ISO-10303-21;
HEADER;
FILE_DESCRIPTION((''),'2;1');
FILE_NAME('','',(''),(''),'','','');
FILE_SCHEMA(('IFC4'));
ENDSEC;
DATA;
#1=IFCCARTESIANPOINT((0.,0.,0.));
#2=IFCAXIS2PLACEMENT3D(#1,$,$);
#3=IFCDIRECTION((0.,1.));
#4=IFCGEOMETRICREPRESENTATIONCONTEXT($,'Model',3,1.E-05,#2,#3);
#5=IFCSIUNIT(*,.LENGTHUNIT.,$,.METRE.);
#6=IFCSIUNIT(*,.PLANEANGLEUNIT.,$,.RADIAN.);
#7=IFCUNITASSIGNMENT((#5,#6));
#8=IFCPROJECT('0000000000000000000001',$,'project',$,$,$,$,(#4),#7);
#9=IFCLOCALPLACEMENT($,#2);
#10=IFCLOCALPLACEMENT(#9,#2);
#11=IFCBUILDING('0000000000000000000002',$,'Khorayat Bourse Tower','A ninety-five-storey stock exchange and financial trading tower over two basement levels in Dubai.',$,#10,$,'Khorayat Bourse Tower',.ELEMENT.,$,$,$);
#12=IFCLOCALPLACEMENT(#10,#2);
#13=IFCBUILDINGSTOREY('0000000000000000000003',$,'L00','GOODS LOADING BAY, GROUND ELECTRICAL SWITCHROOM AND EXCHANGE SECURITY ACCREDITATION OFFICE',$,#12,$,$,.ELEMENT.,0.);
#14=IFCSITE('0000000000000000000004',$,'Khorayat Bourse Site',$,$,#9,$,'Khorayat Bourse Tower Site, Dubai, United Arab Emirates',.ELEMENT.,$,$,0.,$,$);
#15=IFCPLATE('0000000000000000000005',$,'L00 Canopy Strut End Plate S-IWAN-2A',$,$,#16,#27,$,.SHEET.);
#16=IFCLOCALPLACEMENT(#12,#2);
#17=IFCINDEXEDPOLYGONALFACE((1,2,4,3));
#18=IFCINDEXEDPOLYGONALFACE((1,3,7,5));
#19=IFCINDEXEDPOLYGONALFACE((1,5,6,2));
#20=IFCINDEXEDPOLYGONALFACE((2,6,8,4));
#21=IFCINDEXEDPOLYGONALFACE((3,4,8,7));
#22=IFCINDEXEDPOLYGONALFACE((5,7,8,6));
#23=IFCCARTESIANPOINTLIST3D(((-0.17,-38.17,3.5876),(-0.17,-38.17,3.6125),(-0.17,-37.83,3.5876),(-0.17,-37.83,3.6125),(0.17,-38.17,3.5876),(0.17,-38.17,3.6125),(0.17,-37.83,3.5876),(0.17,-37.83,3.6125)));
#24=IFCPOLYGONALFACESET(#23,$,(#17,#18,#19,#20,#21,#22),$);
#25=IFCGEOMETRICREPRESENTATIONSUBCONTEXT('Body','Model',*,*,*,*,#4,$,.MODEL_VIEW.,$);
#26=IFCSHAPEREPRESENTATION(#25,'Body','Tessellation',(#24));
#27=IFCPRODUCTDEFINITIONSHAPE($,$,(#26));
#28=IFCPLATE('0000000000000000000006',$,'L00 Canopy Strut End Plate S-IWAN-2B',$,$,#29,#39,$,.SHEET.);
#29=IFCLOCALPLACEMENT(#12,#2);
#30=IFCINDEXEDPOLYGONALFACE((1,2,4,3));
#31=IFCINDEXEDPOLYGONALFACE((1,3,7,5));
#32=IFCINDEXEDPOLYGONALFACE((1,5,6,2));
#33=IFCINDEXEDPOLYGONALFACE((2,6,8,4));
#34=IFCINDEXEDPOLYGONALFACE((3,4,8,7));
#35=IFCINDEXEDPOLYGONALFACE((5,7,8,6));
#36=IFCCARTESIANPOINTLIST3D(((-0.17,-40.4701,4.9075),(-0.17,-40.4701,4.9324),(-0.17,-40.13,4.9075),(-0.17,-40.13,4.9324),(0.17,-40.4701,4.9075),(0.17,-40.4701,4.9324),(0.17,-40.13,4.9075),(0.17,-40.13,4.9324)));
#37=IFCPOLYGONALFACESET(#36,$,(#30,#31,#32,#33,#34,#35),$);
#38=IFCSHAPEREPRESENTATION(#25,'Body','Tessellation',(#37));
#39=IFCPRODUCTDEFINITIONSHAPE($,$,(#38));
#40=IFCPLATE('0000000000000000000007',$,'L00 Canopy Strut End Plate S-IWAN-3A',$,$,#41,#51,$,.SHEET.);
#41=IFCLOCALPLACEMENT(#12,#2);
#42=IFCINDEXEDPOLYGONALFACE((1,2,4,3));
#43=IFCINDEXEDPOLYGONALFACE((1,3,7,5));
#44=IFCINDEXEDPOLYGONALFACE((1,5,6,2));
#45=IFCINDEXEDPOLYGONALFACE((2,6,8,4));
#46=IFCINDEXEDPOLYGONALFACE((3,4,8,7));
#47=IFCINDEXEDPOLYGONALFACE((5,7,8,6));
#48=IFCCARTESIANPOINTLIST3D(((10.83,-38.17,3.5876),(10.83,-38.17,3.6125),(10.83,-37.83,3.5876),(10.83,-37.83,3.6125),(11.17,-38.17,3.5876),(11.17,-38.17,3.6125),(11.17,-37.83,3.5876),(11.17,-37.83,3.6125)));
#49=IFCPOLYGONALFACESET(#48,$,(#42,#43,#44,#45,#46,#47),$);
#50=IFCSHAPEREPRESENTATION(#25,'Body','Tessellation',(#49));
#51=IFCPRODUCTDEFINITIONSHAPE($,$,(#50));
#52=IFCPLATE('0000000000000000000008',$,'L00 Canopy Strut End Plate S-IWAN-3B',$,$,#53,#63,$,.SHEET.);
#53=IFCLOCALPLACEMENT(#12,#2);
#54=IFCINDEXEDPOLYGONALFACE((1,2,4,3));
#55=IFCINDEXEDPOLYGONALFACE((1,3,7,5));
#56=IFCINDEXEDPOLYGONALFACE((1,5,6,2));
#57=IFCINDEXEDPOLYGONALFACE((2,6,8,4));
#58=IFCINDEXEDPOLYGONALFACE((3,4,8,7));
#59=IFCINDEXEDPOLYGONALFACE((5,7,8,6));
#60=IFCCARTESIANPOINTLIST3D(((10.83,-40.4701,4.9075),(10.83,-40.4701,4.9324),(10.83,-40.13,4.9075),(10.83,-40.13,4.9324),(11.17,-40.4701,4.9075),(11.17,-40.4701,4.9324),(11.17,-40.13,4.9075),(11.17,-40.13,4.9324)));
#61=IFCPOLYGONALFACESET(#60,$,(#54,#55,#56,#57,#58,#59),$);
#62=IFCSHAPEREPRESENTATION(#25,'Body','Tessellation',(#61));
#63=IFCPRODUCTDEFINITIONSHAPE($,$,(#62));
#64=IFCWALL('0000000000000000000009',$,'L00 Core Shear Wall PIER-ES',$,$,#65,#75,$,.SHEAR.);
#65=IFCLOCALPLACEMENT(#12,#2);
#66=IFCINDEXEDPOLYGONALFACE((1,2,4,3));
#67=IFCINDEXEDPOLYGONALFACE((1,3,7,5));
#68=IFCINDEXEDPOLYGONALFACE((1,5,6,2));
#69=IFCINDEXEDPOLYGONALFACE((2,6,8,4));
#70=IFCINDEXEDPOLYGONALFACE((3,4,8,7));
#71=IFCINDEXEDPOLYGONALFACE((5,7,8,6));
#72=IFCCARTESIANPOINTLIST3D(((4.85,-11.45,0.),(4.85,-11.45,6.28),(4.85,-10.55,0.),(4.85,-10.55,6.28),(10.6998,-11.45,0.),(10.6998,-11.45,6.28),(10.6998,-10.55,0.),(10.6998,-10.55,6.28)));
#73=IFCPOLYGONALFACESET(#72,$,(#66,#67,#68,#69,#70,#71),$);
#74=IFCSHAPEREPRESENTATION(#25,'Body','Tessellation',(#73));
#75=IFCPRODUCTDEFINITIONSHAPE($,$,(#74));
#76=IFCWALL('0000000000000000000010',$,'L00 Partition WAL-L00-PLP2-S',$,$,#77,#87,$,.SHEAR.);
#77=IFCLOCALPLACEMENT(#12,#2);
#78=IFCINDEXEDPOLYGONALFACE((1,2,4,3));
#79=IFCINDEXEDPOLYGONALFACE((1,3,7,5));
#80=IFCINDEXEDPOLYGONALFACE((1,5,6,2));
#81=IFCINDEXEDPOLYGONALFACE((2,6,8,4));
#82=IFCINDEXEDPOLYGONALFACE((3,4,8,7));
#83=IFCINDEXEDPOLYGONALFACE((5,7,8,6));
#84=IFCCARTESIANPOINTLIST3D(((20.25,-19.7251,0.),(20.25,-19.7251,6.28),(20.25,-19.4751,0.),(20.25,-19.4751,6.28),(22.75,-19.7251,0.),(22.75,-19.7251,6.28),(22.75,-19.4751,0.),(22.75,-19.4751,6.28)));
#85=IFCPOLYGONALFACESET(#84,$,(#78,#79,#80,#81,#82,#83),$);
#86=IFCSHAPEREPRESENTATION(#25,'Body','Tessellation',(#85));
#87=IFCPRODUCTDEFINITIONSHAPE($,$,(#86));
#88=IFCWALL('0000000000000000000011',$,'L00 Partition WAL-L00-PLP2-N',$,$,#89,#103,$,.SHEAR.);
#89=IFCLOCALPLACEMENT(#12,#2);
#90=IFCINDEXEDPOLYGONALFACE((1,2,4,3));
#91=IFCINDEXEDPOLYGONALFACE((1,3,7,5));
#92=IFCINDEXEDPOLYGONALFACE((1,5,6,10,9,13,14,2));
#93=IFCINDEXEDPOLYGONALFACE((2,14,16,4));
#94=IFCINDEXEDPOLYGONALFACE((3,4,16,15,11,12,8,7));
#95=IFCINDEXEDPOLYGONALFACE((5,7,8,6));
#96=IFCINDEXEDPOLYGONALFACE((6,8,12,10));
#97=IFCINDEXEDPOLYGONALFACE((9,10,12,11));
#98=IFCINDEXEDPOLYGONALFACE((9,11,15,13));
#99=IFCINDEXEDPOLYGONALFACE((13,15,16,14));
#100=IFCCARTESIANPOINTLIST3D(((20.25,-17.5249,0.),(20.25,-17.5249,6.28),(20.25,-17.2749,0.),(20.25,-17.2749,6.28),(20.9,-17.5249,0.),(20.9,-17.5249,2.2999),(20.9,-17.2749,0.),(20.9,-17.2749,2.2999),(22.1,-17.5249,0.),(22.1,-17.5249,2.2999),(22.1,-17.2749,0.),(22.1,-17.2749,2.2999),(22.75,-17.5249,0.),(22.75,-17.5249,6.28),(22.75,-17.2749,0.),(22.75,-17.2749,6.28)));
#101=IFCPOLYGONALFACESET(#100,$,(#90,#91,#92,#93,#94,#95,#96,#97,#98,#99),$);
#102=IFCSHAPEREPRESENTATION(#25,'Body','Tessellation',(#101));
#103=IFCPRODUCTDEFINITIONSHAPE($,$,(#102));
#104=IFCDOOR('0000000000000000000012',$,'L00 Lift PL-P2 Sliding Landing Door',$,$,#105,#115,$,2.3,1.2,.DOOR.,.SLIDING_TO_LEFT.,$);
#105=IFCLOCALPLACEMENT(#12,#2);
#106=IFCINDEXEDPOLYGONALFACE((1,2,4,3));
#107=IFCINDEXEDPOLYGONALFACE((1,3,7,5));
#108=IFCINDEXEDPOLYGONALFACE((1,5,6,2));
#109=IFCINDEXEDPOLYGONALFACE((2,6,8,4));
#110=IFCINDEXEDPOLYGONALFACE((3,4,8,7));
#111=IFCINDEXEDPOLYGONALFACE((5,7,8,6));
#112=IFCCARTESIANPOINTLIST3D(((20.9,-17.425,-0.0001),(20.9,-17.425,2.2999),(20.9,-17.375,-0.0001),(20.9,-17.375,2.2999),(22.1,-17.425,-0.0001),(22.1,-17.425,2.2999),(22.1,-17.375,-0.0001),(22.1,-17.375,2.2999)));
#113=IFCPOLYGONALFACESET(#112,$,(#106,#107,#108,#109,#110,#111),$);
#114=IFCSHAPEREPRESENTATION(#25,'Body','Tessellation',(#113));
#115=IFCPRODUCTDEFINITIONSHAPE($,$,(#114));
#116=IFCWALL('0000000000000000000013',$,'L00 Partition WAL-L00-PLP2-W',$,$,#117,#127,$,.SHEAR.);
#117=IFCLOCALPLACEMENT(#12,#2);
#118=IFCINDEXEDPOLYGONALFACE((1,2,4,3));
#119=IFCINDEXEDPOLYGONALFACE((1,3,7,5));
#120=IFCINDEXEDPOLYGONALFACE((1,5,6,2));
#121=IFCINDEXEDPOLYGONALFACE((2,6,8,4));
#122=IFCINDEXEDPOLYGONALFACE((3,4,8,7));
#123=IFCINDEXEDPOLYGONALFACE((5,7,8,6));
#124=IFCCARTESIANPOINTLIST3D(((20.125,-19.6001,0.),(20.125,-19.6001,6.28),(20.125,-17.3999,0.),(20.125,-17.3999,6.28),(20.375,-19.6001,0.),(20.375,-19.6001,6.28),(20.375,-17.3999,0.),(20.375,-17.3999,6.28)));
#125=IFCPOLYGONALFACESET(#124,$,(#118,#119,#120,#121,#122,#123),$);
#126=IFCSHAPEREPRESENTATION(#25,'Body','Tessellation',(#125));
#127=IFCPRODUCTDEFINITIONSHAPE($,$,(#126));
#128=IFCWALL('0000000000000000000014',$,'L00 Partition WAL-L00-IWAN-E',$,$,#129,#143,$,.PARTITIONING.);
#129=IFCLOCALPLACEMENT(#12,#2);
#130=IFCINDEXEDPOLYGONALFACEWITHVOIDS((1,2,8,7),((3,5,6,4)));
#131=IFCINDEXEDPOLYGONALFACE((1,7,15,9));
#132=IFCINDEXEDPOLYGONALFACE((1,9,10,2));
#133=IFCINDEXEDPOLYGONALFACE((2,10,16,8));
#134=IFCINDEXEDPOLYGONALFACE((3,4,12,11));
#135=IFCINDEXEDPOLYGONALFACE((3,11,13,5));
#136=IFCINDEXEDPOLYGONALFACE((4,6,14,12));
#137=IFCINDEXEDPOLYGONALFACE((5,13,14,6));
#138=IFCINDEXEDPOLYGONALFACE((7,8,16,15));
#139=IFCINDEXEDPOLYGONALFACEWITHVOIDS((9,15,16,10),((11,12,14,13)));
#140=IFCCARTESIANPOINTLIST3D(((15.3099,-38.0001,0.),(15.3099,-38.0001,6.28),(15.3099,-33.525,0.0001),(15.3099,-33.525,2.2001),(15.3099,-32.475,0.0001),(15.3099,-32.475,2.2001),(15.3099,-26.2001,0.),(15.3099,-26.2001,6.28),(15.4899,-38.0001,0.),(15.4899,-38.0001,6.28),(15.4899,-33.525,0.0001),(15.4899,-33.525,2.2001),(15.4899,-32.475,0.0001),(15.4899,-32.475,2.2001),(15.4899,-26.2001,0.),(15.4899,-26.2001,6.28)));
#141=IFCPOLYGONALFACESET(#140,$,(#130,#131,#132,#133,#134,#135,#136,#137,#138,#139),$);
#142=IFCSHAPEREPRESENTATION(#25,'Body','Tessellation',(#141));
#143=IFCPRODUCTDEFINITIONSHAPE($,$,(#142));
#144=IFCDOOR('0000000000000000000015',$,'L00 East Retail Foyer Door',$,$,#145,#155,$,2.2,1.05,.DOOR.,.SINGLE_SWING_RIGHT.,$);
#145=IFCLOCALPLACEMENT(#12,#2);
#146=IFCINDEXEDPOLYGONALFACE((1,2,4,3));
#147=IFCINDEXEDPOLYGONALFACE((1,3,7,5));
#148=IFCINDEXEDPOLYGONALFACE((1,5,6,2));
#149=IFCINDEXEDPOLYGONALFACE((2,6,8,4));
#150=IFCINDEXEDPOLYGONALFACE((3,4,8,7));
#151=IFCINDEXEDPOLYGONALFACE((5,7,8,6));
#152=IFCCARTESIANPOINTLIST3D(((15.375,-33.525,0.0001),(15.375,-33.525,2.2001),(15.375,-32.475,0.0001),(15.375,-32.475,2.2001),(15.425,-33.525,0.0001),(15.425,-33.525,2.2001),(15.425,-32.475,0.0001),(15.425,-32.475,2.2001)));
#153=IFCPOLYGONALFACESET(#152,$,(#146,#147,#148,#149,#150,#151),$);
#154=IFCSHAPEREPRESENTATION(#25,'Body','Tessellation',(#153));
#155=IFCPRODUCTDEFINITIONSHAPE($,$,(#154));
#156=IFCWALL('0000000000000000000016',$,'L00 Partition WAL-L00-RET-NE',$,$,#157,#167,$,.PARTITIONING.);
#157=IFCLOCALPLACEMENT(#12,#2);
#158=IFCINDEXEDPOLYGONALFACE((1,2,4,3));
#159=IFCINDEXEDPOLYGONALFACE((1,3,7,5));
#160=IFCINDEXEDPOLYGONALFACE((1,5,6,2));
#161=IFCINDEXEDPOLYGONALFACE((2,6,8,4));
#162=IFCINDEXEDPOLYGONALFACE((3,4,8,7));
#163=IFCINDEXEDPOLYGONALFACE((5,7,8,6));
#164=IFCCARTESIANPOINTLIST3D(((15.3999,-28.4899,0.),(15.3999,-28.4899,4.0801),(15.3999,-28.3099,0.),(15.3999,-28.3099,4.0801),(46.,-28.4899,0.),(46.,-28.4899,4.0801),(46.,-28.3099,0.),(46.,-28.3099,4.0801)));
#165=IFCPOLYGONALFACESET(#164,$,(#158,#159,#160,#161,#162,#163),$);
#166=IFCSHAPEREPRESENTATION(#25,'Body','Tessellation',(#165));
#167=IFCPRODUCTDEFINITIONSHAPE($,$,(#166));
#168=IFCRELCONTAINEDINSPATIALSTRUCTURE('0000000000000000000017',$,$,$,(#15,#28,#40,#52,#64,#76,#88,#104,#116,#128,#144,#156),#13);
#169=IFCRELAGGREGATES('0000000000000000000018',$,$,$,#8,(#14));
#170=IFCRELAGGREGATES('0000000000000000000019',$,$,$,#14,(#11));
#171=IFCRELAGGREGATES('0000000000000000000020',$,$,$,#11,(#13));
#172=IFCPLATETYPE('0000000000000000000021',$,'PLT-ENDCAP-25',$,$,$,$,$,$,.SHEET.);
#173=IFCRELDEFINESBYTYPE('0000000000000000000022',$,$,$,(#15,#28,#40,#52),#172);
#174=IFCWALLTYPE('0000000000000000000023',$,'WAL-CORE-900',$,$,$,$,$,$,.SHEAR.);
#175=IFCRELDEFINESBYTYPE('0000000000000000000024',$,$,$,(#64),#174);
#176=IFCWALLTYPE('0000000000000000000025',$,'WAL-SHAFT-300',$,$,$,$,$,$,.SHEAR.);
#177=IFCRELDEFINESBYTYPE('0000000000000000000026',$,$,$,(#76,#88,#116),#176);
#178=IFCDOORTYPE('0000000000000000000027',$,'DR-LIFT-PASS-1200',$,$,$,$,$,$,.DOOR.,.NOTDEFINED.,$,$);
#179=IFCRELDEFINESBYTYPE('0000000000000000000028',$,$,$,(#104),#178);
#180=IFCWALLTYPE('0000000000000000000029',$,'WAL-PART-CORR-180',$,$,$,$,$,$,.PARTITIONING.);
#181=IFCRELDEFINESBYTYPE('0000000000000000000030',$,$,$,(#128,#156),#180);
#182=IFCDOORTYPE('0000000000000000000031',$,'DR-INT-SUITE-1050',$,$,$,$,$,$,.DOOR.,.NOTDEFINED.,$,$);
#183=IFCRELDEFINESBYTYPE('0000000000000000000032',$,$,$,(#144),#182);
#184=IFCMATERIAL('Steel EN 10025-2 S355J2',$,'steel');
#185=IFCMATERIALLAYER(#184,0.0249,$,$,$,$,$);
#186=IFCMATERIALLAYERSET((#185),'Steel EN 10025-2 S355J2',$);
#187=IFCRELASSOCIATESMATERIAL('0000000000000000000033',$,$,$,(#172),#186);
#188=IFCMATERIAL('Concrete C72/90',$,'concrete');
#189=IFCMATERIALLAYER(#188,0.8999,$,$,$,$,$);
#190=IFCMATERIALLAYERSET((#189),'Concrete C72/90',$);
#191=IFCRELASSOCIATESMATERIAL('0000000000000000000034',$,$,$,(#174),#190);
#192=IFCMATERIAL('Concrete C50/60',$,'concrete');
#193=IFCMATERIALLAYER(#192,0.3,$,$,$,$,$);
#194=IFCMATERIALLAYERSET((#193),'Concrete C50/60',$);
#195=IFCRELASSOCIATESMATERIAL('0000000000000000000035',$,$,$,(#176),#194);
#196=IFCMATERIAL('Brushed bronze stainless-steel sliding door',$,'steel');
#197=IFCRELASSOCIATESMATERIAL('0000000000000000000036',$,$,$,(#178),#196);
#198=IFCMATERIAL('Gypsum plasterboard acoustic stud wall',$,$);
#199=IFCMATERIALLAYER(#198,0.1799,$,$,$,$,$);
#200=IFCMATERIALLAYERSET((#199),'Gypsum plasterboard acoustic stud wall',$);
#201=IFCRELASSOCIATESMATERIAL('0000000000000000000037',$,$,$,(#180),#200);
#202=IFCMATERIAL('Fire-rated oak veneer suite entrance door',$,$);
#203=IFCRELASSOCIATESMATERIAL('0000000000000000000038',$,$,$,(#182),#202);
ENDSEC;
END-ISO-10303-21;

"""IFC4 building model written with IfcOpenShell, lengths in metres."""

from ifc_helpers import new_model, si_unit, direction, frame, frame_2d, origin, origin_2d, place, context, subcontext, project, spatial, rectangle, extrude, source, transform, mapped, material, layer, layer_set, type_object, element, fill, save


model = new_model("IFC4")

# Units and contexts
model_context = context("Model", 3, precision=1e-05, world=origin(), true_north=direction((0.0, 1.0)))
body_context = subcontext(model_context, "Body", "Model", "MODEL_VIEW")
ifc_project = project(units=[si_unit("LENGTHUNIT", "METRE"), si_unit("PLANEANGLEUNIT", "RADIAN")], contexts=[model_context])

# Site, building, storey
site_placement = place(None, origin())
site = spatial("IfcSite", under=ifc_project, at=site_placement, Name="Khorayat Bourse Site", LongName="Khorayat Bourse Tower Site, Dubai, United Arab Emirates", CompositionType="ELEMENT", RefElevation=0.0)
building_placement = place(site_placement, origin())
building = spatial("IfcBuilding", under=site, at=building_placement, Name="Khorayat Bourse Tower", Description="A ninety-five-storey stock exchange and financial trading tower over two basement levels in Dubai.", LongName="Khorayat Bourse Tower", CompositionType="ELEMENT")
storey_placement = place(building_placement, origin())
storey = spatial("IfcBuildingStorey", under=building, at=storey_placement, Name="L00", Description="GOODS LOADING BAY, GROUND ELECTRICAL SWITCHROOM AND EXCHANGE SECURITY ACCREDITATION OFFICE", CompositionType="ELEMENT", Elevation=0.0)

# Shared definitions
ifc_material_1 = material(Name="Concrete C72/90", Category="concrete")

# Shared definitions
ifc_material_2 = material(Name="Steel EN 10025-2 S355J2", Category="steel")

# Plates
ifc_layer_1 = layer(ifc_material_2, 0.0249)
ifc_layer_set_1 = layer_set([ifc_layer_1], Name="Steel EN 10025-2 S355J2")
plate_type = type_object("IfcPlateType", Name="PLT-ENDCAP-25", PredefinedType="SHEET", material=ifc_layer_set_1)
shared_shape_1 = source(origin(), body_context, "Body", "SweptSolid", [
    extrude(rectangle(XDim=0.3401, YDim=0.3401, at=origin_2d()), origin(), (0.0, 0.0, 1.0), 0.0249),
])
for number, where, z_axis, x_axis, name in (
    (1, (0.0, -38.0, 3.5876), (0.0, 0.0, 1.0), (1.0, 0.0, 0.0), "L00 Canopy Strut End Plate S-IWAN-2A"),
    (2, (0.0, -40.3, 4.9075), (0.0, 0.0, 1.0), (1.0, 0.0, 0.0), "L00 Canopy Strut End Plate S-IWAN-2B"),
    (3, (11.0, -38.0, 3.5876), (0.0, 0.0, 1.0), (1.0, 0.0, 0.0), "L00 Canopy Strut End Plate S-IWAN-3A"),
    (4, (11.0, -40.3, 4.9075), (0.0, 0.0, 1.0), (1.0, 0.0, 0.0), "L00 Canopy Strut End Plate S-IWAN-3B"),
):
    element("IfcPlate", number, at=place(storey_placement, frame(where, z_axis=z_axis, x_axis=x_axis)), inside=storey, type_object=plate_type, Name=name, PredefinedType="SHEET", context=body_context, shape_type="MappedRepresentation", body=[
        mapped(shared_shape_1, transform((0.0, 0.0, 0.0), scale=1.0)),
    ])

# Walls
ifc_layer_2 = layer(ifc_material_1, 0.8999)
ifc_layer_set_2 = layer_set([ifc_layer_2], Name="Concrete C72/90")
wall_type_1 = type_object("IfcWallType", Name="WAL-CORE-900", PredefinedType="SHEAR", material=ifc_layer_set_2)
shared_shape_2 = source(origin(), body_context, "Body", "SweptSolid", [
    extrude(rectangle(XDim=5.8499, YDim=0.8999, at=frame_2d((2.9248, 0.0))), origin(), (0.0, 0.0, 1.0), 6.28),
])
wall_1_placement = place(storey_placement, frame((4.8501, -11.0, 0.0), z_axis=(0.0, 0.0, 1.0), x_axis=(1.0, 0.0, 0.0)))
element("IfcWall", 5, at=wall_1_placement, inside=storey, type_object=wall_type_1, Name="L00 Core Shear Wall PIER-ES", PredefinedType="SHEAR", context=body_context, shape_type="MappedRepresentation", body=[
    mapped(shared_shape_2, transform((0.0, 0.0, 0.0), scale=1.0)),
])
ifc_material_3 = material(Name="Concrete C50/60", Category="concrete")
ifc_layer_3 = layer(ifc_material_3, 0.3)
ifc_layer_set_3 = layer_set([ifc_layer_3], Name="Concrete C50/60")
wall_type_2 = type_object("IfcWallType", Name="WAL-SHAFT-300", PredefinedType="SHEAR", material=ifc_layer_set_3)
shared_shape_3 = source(origin(), body_context, "Body", "SweptSolid", [
    extrude(rectangle(XDim=2.5, YDim=0.25, at=frame_2d((1.25, 0.0))), origin(), (0.0, 0.0, 1.0), 6.28),
])
wall_2_placement = place(storey_placement, frame((20.25, -19.6001, 0.0), z_axis=(0.0, 0.0, 1.0), x_axis=(1.0, 0.0, 0.0)))
element("IfcWall", 6, at=wall_2_placement, inside=storey, type_object=wall_type_2, Name="L00 Partition WAL-L00-PLP2-S", PredefinedType="SHEAR", context=body_context, shape_type="MappedRepresentation", body=[
    mapped(shared_shape_3, transform((0.0, 0.0, 0.0), scale=1.0)),
])

# Wall, opening, door
wall_3_placement = place(storey_placement, frame((20.25, -17.3999, 0.0), z_axis=(0.0, 0.0, 1.0), x_axis=(1.0, 0.0, 0.0)))
wall_3 = element("IfcWall", 7, at=wall_3_placement, inside=storey, type_object=wall_type_2, Name="L00 Partition WAL-L00-PLP2-N", PredefinedType="SHEAR", context=body_context, shape_type="MappedRepresentation", body=[
    mapped(shared_shape_3, transform((0.0, 0.0, 0.0), scale=1.0)),
])
shared_shape_4 = source(origin(), body_context, "Body", "SweptSolid", [
    extrude(rectangle(XDim=1.2, YDim=2.3, at=frame_2d((0.6001, 1.1499))), frame((0.0, 0.135, 0.0), z_axis=(0.0, -1.0, 0.0), x_axis=(1.0, 0.0, 0.0)), (0.0, 0.0, 1.0), 0.27),
])
opening_1_placement = place(wall_3_placement, frame((0.6499, 0.0, 0.0)))
opening_1 = element("IfcOpeningElement", 8, at=opening_1_placement, cuts=wall_3, PredefinedType="OPENING", context=body_context, shape_type="MappedRepresentation", body=[
    mapped(shared_shape_4, transform((0.0, 0.0, 0.0), scale=1.0)),
])
ifc_material_4 = material(Name="Brushed bronze stainless-steel sliding door", Category="steel")
door_type_1 = type_object("IfcDoorType", Name="DR-LIFT-PASS-1200", OperationType="NOTDEFINED", PredefinedType="DOOR", material=ifc_material_4)
shared_shape_5 = source(origin(), body_context, "Body", "SweptSolid", [
    extrude(rectangle(XDim=1.2, YDim=2.3, at=frame_2d((0.6001, 1.1499))), frame((0.0, 0.0249, 0.0), z_axis=(0.0, -1.0, 0.0), x_axis=(1.0, 0.0, 0.0)), (0.0, 0.0, 1.0), 0.05),
])
door_1_placement = place(opening_1_placement, origin())
door_1 = element("IfcDoor", 9, at=door_1_placement, inside=storey, type_object=door_type_1, Name="L00 Lift PL-P2 Sliding Landing Door", OperationType="SLIDING_TO_LEFT", OverallHeight=2.3, OverallWidth=1.2, PredefinedType="DOOR", context=body_context, shape_type="MappedRepresentation", body=[
    mapped(shared_shape_5, transform((0.0, 0.0, 0.0), scale=1.0)),
])
fill(opening_1, door_1)

# Wall
shared_shape_6 = source(origin(), body_context, "Body", "SweptSolid", [
    extrude(rectangle(XDim=2.2002, YDim=0.25, at=frame_2d((1.1001, 0.0))), origin(), (0.0, 0.0, 1.0), 6.28),
])
wall_4_placement = place(storey_placement, frame((20.25, -19.6001, 0.0), z_axis=(0.0, 0.0, 1.0), x_axis=(0.0, 1.0, 0.0)))
element("IfcWall", 10, at=wall_4_placement, inside=storey, type_object=wall_type_2, Name="L00 Partition WAL-L00-PLP2-W", PredefinedType="SHEAR", context=body_context, shape_type="MappedRepresentation", body=[
    mapped(shared_shape_6, transform((0.0, 0.0, 0.0), scale=1.0)),
])

# Wall, opening, door
ifc_material_5 = material(Name="Gypsum plasterboard acoustic stud wall")
ifc_layer_4 = layer(ifc_material_5, 0.1799)
ifc_layer_set_4 = layer_set([ifc_layer_4], Name="Gypsum plasterboard acoustic stud wall")
wall_type_3 = type_object("IfcWallType", Name="WAL-PART-CORR-180", PredefinedType="PARTITIONING", material=ifc_layer_set_4)
shared_shape_7 = source(origin(), body_context, "Body", "SweptSolid", [
    extrude(rectangle(XDim=11.8, YDim=0.1799, at=frame_2d((5.8999, 0.0))), origin(), (0.0, 0.0, 1.0), 6.28),
])
wall_5_placement = place(storey_placement, frame((15.3999, -38.0, 0.0), z_axis=(0.0, 0.0, 1.0), x_axis=(0.0, 1.0, 0.0)))
wall_5 = element("IfcWall", 11, at=wall_5_placement, inside=storey, type_object=wall_type_3, Name="L00 Partition WAL-L00-IWAN-E", PredefinedType="PARTITIONING", context=body_context, shape_type="MappedRepresentation", body=[
    mapped(shared_shape_7, transform((0.0, 0.0, 0.0), scale=1.0)),
])
shared_shape_8 = source(origin(), body_context, "Body", "SweptSolid", [
    extrude(rectangle(XDim=1.05, YDim=2.2, at=frame_2d((0.5249, 1.1001))), frame((0.0, 0.0999, 0.0), z_axis=(0.0, -1.0, 0.0), x_axis=(1.0, 0.0, 0.0)), (0.0, 0.0, 1.0), 0.2),
])
opening_2_placement = place(wall_5_placement, frame((4.4751, 0.0, 0.0)))
opening_2 = element("IfcOpeningElement", 12, at=opening_2_placement, cuts=wall_5, PredefinedType="OPENING", context=body_context, shape_type="MappedRepresentation", body=[
    mapped(shared_shape_8, transform((0.0, 0.0, 0.0), scale=1.0)),
])
ifc_material_6 = material(Name="Fire-rated oak veneer suite entrance door")
door_type_2 = type_object("IfcDoorType", Name="DR-INT-SUITE-1050", OperationType="NOTDEFINED", PredefinedType="DOOR", material=ifc_material_6)
shared_shape_9 = source(origin(), body_context, "Body", "SweptSolid", [
    extrude(rectangle(XDim=1.05, YDim=2.2, at=frame_2d((0.5249, 1.1001))), frame((0.0, 0.0249, 0.0), z_axis=(0.0, -1.0, 0.0), x_axis=(1.0, 0.0, 0.0)), (0.0, 0.0, 1.0), 0.05),
])
door_2_placement = place(opening_2_placement, origin())
door_2 = element("IfcDoor", 13, at=door_2_placement, inside=storey, type_object=door_type_2, Name="L00 East Retail Foyer Door", OperationType="SINGLE_SWING_RIGHT", OverallHeight=2.2, OverallWidth=1.05, PredefinedType="DOOR", context=body_context, shape_type="MappedRepresentation", body=[
    mapped(shared_shape_9, transform((0.0, 0.0, 0.0), scale=1.0)),
])
fill(opening_2, door_2)

# Wall
shared_shape_10 = source(origin(), body_context, "Body", "SweptSolid", [
    extrude(rectangle(XDim=30.6001, YDim=0.1799, at=frame_2d((15.3, 0.0))), origin(), (0.0, 0.0, 1.0), 4.0801),
])
wall_6_placement = place(storey_placement, frame((15.3999, -28.3999, 0.0), z_axis=(0.0, 0.0, 1.0), x_axis=(1.0, 0.0, 0.0)))
element("IfcWall", 14, at=wall_6_placement, inside=storey, type_object=wall_type_3, Name="L00 Partition WAL-L00-RET-NE", PredefinedType="PARTITIONING", context=body_context, shape_type="MappedRepresentation", body=[
    mapped(shared_shape_10, transform((0.0, 0.0, 0.0), scale=1.0)),
])

save(model, "model.ifc")
